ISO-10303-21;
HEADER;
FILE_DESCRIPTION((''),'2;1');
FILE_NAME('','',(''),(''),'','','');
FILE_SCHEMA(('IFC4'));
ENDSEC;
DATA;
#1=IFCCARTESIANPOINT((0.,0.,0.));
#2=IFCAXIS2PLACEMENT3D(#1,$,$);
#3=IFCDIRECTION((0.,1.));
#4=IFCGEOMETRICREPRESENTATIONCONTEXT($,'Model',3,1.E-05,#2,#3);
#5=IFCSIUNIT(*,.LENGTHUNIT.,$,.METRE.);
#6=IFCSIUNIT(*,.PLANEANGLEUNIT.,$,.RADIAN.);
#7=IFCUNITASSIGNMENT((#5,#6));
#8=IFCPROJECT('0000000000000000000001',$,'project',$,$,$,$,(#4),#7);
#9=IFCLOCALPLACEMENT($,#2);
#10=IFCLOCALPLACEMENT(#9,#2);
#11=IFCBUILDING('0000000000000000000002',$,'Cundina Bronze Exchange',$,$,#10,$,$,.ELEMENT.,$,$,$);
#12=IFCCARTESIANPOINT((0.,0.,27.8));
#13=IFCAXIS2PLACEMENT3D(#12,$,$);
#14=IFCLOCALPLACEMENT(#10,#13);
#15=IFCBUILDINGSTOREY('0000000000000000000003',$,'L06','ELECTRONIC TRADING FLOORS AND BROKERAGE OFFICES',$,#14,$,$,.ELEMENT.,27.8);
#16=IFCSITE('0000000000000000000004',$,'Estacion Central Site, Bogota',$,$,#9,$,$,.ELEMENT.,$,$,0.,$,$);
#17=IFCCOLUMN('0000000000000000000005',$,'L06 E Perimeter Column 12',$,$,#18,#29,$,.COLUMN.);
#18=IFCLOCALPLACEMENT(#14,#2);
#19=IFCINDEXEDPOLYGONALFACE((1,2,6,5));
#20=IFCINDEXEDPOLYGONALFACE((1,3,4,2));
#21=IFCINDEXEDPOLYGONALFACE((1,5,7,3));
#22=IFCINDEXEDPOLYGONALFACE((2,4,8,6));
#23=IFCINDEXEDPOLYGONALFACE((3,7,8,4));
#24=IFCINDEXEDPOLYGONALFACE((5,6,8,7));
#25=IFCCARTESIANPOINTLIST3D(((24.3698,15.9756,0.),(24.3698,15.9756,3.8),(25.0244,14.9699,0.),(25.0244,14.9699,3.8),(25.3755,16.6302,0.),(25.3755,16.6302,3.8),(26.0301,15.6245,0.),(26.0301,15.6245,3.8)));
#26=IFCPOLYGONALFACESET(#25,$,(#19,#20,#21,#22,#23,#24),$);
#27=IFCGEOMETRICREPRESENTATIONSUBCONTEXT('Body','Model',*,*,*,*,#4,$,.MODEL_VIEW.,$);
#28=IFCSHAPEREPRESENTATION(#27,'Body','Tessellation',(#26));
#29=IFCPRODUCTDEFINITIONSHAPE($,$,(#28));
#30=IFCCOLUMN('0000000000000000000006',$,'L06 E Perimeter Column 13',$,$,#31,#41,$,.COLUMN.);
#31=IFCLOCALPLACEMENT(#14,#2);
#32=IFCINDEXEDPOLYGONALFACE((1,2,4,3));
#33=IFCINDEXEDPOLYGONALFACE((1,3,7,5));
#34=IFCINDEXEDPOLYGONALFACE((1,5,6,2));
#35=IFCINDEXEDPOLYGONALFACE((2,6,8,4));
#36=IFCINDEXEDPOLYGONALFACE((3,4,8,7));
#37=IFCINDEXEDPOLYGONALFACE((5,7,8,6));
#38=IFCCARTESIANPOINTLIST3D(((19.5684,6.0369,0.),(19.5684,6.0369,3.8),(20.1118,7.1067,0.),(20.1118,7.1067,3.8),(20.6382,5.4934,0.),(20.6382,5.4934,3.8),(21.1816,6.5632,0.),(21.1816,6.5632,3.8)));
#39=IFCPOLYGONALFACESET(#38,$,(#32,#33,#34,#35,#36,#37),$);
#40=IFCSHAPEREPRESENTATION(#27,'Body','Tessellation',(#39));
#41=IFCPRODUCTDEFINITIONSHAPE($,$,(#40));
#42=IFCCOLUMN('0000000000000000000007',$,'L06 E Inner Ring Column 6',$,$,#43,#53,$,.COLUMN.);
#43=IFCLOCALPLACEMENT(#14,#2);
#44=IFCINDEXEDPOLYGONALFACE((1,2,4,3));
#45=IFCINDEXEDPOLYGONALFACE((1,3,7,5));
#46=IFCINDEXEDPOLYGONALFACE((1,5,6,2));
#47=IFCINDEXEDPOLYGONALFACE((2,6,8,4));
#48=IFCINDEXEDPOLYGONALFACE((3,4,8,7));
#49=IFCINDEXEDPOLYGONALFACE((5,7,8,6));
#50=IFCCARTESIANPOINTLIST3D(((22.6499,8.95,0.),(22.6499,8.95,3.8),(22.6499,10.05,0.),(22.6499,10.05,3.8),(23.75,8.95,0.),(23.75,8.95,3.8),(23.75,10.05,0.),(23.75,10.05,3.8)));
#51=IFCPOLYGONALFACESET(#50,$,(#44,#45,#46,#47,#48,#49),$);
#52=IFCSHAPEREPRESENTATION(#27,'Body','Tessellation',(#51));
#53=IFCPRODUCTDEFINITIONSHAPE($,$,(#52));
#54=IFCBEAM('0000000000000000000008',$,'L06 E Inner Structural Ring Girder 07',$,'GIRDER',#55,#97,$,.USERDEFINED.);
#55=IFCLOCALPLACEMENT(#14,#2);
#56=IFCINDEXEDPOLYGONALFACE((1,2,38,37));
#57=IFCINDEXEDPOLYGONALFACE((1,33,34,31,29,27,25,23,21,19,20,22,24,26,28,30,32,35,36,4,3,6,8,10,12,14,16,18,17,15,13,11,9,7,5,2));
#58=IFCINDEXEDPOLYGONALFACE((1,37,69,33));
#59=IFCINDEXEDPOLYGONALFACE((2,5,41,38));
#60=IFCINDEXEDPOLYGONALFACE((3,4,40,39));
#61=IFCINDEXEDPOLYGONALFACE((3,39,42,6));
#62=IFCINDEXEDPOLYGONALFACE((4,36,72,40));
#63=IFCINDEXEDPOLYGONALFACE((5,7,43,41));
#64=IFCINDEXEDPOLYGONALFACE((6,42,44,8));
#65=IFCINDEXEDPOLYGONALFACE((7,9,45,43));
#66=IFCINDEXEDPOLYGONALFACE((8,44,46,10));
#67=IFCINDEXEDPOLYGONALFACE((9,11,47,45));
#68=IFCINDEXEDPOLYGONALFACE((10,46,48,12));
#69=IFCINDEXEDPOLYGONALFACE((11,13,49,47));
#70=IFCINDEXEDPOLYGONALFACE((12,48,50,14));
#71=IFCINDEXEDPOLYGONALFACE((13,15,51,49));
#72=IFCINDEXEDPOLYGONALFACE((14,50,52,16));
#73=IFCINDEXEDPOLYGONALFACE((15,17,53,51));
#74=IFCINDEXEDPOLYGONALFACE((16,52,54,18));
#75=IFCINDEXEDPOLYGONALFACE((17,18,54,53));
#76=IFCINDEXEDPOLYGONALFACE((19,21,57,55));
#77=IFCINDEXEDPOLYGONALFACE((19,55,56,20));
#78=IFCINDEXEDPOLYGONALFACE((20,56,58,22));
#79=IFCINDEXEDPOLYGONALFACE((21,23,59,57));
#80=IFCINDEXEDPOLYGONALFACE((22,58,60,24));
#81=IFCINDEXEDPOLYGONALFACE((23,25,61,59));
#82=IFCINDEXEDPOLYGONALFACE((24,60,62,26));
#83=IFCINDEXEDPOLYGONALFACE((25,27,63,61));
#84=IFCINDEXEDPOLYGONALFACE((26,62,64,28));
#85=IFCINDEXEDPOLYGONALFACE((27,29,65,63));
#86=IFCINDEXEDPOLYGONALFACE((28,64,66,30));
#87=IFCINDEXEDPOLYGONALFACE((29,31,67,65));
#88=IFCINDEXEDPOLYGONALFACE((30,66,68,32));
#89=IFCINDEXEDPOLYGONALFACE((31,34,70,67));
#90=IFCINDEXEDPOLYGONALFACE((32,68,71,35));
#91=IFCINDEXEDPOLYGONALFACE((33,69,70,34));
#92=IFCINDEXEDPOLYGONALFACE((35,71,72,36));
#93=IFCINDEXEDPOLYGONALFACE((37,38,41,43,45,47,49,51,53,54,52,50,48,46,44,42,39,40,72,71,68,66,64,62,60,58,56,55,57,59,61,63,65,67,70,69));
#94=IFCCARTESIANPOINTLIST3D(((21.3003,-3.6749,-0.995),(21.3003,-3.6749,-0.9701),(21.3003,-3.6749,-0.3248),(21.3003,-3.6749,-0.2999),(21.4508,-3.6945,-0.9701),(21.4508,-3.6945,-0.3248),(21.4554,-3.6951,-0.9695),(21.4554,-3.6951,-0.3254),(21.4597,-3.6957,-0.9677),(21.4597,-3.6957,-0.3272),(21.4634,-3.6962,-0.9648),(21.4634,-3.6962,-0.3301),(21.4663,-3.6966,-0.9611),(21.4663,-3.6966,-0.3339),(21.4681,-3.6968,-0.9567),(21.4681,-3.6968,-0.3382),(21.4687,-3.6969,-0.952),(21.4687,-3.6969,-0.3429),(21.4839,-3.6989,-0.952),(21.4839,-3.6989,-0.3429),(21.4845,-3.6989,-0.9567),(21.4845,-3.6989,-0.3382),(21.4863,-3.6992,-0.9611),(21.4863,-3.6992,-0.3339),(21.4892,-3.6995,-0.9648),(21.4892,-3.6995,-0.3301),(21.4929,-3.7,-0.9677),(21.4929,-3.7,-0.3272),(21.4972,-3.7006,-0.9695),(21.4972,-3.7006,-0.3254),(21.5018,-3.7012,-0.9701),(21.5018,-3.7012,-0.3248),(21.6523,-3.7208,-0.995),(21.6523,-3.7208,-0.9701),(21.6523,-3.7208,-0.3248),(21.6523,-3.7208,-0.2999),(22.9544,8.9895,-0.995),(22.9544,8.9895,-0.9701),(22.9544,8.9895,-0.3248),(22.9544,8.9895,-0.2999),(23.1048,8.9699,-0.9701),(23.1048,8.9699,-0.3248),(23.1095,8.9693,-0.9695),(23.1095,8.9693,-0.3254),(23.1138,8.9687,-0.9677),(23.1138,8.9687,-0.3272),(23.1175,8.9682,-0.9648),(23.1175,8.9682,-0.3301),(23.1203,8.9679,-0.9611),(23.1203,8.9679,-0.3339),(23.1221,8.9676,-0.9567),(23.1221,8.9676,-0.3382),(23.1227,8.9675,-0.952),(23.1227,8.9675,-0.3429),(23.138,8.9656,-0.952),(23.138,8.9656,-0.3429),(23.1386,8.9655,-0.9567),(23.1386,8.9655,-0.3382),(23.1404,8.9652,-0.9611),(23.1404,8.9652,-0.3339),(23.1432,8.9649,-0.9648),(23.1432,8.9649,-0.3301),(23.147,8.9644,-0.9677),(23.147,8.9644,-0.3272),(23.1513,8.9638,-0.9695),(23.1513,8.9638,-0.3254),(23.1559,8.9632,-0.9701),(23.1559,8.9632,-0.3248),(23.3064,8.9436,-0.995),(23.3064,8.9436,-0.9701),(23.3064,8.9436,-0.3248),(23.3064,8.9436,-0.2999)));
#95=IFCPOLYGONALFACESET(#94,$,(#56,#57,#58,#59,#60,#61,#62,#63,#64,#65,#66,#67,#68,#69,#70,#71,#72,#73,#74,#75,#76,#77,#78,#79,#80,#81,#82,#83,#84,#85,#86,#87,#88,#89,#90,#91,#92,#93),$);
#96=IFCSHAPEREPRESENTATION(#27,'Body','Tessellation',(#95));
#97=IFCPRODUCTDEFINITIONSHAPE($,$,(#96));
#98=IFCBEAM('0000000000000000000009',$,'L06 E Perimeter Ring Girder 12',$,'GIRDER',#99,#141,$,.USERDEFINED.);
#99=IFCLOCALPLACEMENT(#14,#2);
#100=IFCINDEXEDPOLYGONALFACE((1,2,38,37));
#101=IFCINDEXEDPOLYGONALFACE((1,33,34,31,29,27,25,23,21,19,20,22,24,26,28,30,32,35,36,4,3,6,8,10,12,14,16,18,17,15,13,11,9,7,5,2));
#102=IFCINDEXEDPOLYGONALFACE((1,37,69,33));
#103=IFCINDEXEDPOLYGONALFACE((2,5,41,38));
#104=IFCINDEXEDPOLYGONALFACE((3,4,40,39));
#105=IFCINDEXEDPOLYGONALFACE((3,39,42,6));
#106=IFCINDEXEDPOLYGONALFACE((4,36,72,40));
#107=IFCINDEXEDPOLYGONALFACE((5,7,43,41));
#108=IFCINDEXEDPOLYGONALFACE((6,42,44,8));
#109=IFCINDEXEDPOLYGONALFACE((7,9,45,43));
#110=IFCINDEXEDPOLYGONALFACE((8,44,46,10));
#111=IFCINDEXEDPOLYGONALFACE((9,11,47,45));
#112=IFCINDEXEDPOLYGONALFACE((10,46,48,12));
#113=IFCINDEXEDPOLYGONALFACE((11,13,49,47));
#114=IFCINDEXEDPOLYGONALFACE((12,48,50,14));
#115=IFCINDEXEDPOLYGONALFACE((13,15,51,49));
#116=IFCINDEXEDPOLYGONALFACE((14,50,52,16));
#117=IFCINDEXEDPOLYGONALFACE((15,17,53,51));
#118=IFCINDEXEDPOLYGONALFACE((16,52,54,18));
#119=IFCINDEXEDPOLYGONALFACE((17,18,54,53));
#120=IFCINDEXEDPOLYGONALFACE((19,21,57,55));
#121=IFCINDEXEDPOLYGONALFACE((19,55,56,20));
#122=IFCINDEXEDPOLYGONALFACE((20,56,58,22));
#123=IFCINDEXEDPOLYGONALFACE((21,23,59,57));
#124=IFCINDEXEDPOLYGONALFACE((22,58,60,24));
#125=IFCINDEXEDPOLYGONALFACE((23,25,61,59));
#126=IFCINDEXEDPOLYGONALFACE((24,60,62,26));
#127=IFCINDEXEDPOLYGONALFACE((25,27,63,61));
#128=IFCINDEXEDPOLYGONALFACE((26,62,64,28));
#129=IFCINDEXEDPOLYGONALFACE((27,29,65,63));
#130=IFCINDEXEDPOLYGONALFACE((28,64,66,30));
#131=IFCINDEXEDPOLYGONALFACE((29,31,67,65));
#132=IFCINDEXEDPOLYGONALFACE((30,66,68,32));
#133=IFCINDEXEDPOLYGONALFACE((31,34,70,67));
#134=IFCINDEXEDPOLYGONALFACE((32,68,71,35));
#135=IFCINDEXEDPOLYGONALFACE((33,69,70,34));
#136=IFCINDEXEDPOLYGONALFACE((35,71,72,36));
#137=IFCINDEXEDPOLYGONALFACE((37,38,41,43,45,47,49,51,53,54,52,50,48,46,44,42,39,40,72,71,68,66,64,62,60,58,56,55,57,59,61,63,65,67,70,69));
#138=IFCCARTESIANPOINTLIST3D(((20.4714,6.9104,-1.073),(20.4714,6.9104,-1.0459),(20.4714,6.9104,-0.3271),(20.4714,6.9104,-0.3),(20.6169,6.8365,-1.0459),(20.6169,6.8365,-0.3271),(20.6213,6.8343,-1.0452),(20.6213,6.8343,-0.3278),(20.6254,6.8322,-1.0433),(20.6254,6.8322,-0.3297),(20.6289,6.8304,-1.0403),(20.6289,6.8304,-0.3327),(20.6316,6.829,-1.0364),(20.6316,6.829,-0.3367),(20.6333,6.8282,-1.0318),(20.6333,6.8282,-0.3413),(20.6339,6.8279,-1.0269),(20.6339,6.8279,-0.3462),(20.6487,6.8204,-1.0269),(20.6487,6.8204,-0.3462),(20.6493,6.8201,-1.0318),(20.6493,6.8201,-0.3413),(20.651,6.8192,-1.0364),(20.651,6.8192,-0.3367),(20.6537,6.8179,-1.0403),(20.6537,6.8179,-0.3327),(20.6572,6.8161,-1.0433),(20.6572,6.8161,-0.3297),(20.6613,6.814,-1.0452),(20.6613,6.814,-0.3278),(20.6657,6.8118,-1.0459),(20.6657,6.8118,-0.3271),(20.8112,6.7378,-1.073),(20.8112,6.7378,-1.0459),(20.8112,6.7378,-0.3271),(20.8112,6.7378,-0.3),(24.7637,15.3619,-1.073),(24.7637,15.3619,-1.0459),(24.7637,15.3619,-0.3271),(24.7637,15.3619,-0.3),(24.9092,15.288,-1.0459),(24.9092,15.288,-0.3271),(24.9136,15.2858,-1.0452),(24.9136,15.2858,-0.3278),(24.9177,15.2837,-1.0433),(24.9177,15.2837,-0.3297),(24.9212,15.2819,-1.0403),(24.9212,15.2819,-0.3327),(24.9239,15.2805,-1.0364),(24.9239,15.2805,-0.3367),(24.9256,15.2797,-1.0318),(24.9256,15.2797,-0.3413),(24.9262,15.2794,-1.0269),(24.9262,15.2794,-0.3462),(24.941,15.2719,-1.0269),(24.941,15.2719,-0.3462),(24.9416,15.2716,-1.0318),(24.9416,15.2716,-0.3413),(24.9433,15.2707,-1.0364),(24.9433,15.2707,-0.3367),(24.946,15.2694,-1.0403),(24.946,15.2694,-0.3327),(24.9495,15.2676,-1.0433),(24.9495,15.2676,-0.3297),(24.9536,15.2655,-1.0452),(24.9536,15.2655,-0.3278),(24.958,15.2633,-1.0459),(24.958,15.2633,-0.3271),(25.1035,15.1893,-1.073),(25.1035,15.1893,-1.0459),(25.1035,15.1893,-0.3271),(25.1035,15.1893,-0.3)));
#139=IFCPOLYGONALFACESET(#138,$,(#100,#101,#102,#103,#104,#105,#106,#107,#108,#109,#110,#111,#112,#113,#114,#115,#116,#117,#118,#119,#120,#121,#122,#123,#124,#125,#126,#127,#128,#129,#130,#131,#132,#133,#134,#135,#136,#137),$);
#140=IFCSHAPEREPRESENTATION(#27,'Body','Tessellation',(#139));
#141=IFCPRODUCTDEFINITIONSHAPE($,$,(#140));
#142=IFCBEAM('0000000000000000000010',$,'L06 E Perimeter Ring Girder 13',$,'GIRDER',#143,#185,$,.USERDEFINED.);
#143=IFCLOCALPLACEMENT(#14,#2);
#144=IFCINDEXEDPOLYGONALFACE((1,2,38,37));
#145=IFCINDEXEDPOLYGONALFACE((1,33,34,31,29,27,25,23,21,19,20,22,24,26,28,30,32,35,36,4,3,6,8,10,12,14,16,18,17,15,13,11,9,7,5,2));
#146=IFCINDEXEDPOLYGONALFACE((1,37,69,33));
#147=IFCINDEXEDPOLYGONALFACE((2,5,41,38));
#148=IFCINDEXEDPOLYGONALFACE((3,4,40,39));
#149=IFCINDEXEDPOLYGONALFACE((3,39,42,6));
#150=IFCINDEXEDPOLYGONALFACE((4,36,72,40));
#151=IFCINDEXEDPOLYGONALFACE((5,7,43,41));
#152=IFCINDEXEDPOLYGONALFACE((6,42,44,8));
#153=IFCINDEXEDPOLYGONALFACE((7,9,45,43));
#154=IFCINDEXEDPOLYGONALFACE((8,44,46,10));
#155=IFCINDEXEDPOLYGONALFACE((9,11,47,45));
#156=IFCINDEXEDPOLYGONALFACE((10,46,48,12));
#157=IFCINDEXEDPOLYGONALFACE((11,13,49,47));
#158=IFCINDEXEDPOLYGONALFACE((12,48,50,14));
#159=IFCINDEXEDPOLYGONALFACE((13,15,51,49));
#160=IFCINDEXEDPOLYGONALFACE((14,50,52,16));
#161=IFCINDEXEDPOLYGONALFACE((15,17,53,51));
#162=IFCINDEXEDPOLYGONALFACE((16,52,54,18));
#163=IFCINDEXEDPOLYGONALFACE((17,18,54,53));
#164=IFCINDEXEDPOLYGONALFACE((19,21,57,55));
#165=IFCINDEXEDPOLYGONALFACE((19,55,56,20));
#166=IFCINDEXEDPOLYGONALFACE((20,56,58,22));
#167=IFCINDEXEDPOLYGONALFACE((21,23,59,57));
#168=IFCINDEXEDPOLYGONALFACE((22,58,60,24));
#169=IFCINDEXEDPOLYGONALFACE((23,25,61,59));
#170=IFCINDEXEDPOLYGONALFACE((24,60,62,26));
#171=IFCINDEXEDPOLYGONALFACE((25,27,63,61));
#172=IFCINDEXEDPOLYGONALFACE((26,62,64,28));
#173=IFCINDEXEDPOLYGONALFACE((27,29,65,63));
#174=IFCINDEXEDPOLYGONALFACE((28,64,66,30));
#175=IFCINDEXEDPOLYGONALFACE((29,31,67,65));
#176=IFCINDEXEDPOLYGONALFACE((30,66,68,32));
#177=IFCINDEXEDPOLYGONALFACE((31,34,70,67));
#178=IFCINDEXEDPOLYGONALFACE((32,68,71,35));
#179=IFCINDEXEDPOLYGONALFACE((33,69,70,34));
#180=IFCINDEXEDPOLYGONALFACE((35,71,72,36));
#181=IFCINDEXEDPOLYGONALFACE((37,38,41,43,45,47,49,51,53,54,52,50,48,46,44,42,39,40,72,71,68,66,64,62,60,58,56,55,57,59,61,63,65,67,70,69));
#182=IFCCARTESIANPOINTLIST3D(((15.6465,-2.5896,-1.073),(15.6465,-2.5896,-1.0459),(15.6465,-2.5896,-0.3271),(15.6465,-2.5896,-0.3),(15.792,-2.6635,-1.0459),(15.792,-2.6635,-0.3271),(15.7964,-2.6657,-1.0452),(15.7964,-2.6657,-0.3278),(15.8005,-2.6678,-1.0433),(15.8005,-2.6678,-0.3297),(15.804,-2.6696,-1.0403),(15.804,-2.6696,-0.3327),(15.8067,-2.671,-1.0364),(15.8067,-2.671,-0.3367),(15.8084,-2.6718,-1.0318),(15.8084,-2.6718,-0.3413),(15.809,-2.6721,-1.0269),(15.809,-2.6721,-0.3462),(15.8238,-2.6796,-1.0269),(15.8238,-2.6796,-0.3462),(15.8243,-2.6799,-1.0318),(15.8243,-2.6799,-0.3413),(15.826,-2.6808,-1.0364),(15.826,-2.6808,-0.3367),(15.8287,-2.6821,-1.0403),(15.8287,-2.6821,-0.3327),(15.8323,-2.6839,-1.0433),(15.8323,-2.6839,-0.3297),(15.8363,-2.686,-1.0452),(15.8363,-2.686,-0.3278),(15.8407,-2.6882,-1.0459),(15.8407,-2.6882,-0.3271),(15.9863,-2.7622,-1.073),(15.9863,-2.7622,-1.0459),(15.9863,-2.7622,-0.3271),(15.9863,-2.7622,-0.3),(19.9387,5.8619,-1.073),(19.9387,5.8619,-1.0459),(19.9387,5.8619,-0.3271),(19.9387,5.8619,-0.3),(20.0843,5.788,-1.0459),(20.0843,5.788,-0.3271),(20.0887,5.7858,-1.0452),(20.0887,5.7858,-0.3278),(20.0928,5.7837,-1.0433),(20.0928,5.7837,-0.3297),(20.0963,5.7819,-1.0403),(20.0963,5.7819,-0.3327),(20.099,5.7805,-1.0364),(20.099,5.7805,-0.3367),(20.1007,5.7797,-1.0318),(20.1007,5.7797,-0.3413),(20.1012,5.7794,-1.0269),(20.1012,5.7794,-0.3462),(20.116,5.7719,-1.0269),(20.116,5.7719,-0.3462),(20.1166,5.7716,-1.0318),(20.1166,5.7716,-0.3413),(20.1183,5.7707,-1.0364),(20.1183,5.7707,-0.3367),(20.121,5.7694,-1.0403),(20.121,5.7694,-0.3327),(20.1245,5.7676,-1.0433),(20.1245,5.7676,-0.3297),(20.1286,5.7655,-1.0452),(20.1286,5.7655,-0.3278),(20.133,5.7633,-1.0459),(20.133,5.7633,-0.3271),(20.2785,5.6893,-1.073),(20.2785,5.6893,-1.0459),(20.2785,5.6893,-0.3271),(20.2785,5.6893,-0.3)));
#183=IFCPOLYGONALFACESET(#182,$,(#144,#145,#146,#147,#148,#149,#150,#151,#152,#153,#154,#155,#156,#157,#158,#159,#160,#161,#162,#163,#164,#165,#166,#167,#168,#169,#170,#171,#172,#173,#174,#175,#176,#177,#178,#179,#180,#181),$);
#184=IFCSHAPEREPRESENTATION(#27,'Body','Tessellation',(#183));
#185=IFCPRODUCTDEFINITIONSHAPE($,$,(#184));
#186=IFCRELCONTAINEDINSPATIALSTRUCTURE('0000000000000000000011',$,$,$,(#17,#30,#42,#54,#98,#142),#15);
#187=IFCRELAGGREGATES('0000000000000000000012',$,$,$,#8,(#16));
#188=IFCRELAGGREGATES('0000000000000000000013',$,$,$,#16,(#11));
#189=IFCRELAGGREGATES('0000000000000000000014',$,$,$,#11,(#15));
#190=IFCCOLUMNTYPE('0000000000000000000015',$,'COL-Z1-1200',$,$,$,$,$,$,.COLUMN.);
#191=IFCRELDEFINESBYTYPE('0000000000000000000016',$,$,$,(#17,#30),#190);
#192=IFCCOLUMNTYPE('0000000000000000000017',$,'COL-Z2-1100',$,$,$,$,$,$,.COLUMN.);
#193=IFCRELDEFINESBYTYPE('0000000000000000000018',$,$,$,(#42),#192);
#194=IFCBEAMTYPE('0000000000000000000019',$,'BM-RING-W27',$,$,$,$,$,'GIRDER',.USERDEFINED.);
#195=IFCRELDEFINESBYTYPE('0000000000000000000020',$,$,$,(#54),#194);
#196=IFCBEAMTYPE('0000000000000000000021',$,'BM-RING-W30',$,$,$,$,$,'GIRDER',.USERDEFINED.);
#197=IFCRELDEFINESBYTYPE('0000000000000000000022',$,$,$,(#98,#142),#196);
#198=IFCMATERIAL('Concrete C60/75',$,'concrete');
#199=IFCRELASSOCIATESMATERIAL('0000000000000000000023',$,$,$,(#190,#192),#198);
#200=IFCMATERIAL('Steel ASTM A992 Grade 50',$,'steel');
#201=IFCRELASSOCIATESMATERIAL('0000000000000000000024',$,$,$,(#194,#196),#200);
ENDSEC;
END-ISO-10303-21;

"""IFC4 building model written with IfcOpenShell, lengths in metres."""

from ifc_helpers import new_model, si_unit, direction, frame, origin, origin_2d, place, context, subcontext, project, spatial, rectangle, i_section, extrude, material, material_profile, profile_set, type_object, element, save


model = new_model("IFC4")

# Units and contexts
model_context = context("Model", 3, precision=1e-05, world=origin(), true_north=direction((0.0, 1.0)))
body_context = subcontext(model_context, "Body", "Model", "MODEL_VIEW")
ifc_project = project(units=[si_unit("LENGTHUNIT", "METRE"), si_unit("PLANEANGLEUNIT", "RADIAN")], contexts=[model_context])

# Site, building, storey
site_placement = place(None, origin())
site = spatial("IfcSite", under=ifc_project, at=site_placement, Name="Estacion Central Site, Bogota", CompositionType="ELEMENT", RefElevation=0.0)
building_placement = place(site_placement, origin())
building = spatial("IfcBuilding", under=site, at=building_placement, Name="Cundina Bronze Exchange", CompositionType="ELEMENT")
storey_placement = place(building_placement, frame((0.0, 0.0, 27.8)))
storey = spatial("IfcBuildingStorey", under=building, at=storey_placement, Name="L06", Description="ELECTRONIC TRADING FLOORS AND BROKERAGE OFFICES", CompositionType="ELEMENT", Elevation=27.8)

# Columns
ifc_material_1 = material(Name="Concrete C60/75", Category="concrete")
ifc_material_profile_1 = material_profile(ifc_material_1, rectangle(XDim=1.2, YDim=1.2, at=origin_2d()), Name="RC1200X1200", Category="concrete")
ifc_profile_set_1 = profile_set([ifc_material_profile_1], Name="Concrete C60/75")
column_type_1 = type_object("IfcColumnType", Name="COL-Z1-1200", PredefinedType="COLUMN", material=ifc_profile_set_1)
for number, where, z_axis, x_axis, name in (
    (1, (25.2, 15.8, 0.0), (0.0, 0.0, 1.0), (-0.8381, -0.545517, 0.0), "L06 E Perimeter Column 12"),
    (2, (20.375, 6.3, 0.0), (0.0, 0.0, 1.0), (-0.452902, -0.891561, 0.0), "L06 E Perimeter Column 13"),
):
    element("IfcColumn", number, at=place(storey_placement, frame(where, z_axis=z_axis, x_axis=x_axis)), inside=storey, type_object=column_type_1, Name=name, PredefinedType="COLUMN", context=body_context, shape_type="SweptSolid", body=[
        extrude(rectangle(XDim=1.2, YDim=1.2, at=origin_2d()), origin(), (0.0, 0.0, 1.0), 3.8),
    ])
ifc_material_profile_2 = material_profile(ifc_material_1, rectangle(XDim=1.1001, YDim=1.1001, at=origin_2d()), Name="RC1100X1100", Category="concrete")
ifc_profile_set_2 = profile_set([ifc_material_profile_2], Name="Concrete C60/75")
column_type_2 = type_object("IfcColumnType", Name="COL-Z2-1100", PredefinedType="COLUMN", material=ifc_profile_set_2)
column_placement = place(storey_placement, frame((23.2, 9.5, 0.0), z_axis=(0.0, 0.0, 1.0), x_axis=(1.0, 0.0, 0.0)))
element("IfcColumn", 3, at=column_placement, inside=storey, type_object=column_type_2, Name="L06 E Inner Ring Column 6", PredefinedType="COLUMN", context=body_context, shape_type="SweptSolid", body=[
    extrude(rectangle(XDim=1.1001, YDim=1.1001, at=origin_2d()), origin(), (0.0, 0.0, 1.0), 3.8),
])

# Beams
ifc_material_2 = material(Name="Steel ASTM A992 Grade 50", Category="steel")
ifc_material_profile_3 = material_profile(ifc_material_2, i_section(OverallWidth=0.355, OverallDepth=0.6951, WebThickness=0.0154, FlangeThickness=0.0249, FilletRadius=0.0181, at=origin_2d()), Name="W27X146", Category="steel")
ifc_profile_set_3 = profile_set([ifc_material_profile_3], Name="Steel ASTM A992 Grade 50")
beam_type_1 = type_object("IfcBeamType", Name="BM-RING-W27", ElementType="GIRDER", PredefinedType="USERDEFINED", material=ifc_profile_set_3)
beam_placement = place(storey_placement, frame((23.1304, 8.9666, -0.6475), z_axis=(-0.129508, -0.991578, 0.0), x_axis=(0.991578, -0.129508, 0.0)))
element("IfcBeam", 4, at=beam_placement, inside=storey, type_object=beam_type_1, Name="L06 E Inner Structural Ring Girder 07", ObjectType="GIRDER", PredefinedType="USERDEFINED", context=body_context, shape_type="SweptSolid", body=[
    extrude(i_section(OverallWidth=0.355, OverallDepth=0.6951, WebThickness=0.0154, FlangeThickness=0.0249, FilletRadius=0.0181, at=origin_2d()), origin(), (0.0, 0.0, 1.0), 12.772),
])
ifc_material_profile_4 = material_profile(ifc_material_2, i_section(OverallWidth=0.3811, OverallDepth=0.7729, WebThickness=0.0166, FlangeThickness=0.0271, FilletRadius=0.019, at=origin_2d()), Name="W30X173", Category="steel")
ifc_profile_set_4 = profile_set([ifc_material_profile_4], Name="Steel ASTM A992 Grade 50")
beam_type_2 = type_object("IfcBeamType", Name="BM-RING-W30", ElementType="GIRDER", PredefinedType="USERDEFINED", material=ifc_profile_set_4)
for number, where, z_axis, x_axis, name in (
    (5, (24.9336, 15.2756, -0.6865), (-0.45282, -0.891602, 0.0), (0.891602, -0.45282, 0.0), "L06 E Perimeter Ring Girder 12"),
    (6, (20.1086, 5.7756, -0.6865), (-0.45282, -0.891602, 0.0), (0.891602, -0.45282, 0.0), "L06 E Perimeter Ring Girder 13"),
):
    element("IfcBeam", number, at=place(storey_placement, frame(where, z_axis=z_axis, x_axis=x_axis)), inside=storey, type_object=beam_type_2, Name=name, ObjectType="GIRDER", PredefinedType="USERDEFINED", context=body_context, shape_type="SweptSolid", body=[
        extrude(i_section(OverallWidth=0.3811, OverallDepth=0.7729, WebThickness=0.0166, FlangeThickness=0.0271, FilletRadius=0.019, at=origin_2d()), origin(), (0.0, 0.0, 1.0), 9.479),
    ])

save(model, "model.ifc")
